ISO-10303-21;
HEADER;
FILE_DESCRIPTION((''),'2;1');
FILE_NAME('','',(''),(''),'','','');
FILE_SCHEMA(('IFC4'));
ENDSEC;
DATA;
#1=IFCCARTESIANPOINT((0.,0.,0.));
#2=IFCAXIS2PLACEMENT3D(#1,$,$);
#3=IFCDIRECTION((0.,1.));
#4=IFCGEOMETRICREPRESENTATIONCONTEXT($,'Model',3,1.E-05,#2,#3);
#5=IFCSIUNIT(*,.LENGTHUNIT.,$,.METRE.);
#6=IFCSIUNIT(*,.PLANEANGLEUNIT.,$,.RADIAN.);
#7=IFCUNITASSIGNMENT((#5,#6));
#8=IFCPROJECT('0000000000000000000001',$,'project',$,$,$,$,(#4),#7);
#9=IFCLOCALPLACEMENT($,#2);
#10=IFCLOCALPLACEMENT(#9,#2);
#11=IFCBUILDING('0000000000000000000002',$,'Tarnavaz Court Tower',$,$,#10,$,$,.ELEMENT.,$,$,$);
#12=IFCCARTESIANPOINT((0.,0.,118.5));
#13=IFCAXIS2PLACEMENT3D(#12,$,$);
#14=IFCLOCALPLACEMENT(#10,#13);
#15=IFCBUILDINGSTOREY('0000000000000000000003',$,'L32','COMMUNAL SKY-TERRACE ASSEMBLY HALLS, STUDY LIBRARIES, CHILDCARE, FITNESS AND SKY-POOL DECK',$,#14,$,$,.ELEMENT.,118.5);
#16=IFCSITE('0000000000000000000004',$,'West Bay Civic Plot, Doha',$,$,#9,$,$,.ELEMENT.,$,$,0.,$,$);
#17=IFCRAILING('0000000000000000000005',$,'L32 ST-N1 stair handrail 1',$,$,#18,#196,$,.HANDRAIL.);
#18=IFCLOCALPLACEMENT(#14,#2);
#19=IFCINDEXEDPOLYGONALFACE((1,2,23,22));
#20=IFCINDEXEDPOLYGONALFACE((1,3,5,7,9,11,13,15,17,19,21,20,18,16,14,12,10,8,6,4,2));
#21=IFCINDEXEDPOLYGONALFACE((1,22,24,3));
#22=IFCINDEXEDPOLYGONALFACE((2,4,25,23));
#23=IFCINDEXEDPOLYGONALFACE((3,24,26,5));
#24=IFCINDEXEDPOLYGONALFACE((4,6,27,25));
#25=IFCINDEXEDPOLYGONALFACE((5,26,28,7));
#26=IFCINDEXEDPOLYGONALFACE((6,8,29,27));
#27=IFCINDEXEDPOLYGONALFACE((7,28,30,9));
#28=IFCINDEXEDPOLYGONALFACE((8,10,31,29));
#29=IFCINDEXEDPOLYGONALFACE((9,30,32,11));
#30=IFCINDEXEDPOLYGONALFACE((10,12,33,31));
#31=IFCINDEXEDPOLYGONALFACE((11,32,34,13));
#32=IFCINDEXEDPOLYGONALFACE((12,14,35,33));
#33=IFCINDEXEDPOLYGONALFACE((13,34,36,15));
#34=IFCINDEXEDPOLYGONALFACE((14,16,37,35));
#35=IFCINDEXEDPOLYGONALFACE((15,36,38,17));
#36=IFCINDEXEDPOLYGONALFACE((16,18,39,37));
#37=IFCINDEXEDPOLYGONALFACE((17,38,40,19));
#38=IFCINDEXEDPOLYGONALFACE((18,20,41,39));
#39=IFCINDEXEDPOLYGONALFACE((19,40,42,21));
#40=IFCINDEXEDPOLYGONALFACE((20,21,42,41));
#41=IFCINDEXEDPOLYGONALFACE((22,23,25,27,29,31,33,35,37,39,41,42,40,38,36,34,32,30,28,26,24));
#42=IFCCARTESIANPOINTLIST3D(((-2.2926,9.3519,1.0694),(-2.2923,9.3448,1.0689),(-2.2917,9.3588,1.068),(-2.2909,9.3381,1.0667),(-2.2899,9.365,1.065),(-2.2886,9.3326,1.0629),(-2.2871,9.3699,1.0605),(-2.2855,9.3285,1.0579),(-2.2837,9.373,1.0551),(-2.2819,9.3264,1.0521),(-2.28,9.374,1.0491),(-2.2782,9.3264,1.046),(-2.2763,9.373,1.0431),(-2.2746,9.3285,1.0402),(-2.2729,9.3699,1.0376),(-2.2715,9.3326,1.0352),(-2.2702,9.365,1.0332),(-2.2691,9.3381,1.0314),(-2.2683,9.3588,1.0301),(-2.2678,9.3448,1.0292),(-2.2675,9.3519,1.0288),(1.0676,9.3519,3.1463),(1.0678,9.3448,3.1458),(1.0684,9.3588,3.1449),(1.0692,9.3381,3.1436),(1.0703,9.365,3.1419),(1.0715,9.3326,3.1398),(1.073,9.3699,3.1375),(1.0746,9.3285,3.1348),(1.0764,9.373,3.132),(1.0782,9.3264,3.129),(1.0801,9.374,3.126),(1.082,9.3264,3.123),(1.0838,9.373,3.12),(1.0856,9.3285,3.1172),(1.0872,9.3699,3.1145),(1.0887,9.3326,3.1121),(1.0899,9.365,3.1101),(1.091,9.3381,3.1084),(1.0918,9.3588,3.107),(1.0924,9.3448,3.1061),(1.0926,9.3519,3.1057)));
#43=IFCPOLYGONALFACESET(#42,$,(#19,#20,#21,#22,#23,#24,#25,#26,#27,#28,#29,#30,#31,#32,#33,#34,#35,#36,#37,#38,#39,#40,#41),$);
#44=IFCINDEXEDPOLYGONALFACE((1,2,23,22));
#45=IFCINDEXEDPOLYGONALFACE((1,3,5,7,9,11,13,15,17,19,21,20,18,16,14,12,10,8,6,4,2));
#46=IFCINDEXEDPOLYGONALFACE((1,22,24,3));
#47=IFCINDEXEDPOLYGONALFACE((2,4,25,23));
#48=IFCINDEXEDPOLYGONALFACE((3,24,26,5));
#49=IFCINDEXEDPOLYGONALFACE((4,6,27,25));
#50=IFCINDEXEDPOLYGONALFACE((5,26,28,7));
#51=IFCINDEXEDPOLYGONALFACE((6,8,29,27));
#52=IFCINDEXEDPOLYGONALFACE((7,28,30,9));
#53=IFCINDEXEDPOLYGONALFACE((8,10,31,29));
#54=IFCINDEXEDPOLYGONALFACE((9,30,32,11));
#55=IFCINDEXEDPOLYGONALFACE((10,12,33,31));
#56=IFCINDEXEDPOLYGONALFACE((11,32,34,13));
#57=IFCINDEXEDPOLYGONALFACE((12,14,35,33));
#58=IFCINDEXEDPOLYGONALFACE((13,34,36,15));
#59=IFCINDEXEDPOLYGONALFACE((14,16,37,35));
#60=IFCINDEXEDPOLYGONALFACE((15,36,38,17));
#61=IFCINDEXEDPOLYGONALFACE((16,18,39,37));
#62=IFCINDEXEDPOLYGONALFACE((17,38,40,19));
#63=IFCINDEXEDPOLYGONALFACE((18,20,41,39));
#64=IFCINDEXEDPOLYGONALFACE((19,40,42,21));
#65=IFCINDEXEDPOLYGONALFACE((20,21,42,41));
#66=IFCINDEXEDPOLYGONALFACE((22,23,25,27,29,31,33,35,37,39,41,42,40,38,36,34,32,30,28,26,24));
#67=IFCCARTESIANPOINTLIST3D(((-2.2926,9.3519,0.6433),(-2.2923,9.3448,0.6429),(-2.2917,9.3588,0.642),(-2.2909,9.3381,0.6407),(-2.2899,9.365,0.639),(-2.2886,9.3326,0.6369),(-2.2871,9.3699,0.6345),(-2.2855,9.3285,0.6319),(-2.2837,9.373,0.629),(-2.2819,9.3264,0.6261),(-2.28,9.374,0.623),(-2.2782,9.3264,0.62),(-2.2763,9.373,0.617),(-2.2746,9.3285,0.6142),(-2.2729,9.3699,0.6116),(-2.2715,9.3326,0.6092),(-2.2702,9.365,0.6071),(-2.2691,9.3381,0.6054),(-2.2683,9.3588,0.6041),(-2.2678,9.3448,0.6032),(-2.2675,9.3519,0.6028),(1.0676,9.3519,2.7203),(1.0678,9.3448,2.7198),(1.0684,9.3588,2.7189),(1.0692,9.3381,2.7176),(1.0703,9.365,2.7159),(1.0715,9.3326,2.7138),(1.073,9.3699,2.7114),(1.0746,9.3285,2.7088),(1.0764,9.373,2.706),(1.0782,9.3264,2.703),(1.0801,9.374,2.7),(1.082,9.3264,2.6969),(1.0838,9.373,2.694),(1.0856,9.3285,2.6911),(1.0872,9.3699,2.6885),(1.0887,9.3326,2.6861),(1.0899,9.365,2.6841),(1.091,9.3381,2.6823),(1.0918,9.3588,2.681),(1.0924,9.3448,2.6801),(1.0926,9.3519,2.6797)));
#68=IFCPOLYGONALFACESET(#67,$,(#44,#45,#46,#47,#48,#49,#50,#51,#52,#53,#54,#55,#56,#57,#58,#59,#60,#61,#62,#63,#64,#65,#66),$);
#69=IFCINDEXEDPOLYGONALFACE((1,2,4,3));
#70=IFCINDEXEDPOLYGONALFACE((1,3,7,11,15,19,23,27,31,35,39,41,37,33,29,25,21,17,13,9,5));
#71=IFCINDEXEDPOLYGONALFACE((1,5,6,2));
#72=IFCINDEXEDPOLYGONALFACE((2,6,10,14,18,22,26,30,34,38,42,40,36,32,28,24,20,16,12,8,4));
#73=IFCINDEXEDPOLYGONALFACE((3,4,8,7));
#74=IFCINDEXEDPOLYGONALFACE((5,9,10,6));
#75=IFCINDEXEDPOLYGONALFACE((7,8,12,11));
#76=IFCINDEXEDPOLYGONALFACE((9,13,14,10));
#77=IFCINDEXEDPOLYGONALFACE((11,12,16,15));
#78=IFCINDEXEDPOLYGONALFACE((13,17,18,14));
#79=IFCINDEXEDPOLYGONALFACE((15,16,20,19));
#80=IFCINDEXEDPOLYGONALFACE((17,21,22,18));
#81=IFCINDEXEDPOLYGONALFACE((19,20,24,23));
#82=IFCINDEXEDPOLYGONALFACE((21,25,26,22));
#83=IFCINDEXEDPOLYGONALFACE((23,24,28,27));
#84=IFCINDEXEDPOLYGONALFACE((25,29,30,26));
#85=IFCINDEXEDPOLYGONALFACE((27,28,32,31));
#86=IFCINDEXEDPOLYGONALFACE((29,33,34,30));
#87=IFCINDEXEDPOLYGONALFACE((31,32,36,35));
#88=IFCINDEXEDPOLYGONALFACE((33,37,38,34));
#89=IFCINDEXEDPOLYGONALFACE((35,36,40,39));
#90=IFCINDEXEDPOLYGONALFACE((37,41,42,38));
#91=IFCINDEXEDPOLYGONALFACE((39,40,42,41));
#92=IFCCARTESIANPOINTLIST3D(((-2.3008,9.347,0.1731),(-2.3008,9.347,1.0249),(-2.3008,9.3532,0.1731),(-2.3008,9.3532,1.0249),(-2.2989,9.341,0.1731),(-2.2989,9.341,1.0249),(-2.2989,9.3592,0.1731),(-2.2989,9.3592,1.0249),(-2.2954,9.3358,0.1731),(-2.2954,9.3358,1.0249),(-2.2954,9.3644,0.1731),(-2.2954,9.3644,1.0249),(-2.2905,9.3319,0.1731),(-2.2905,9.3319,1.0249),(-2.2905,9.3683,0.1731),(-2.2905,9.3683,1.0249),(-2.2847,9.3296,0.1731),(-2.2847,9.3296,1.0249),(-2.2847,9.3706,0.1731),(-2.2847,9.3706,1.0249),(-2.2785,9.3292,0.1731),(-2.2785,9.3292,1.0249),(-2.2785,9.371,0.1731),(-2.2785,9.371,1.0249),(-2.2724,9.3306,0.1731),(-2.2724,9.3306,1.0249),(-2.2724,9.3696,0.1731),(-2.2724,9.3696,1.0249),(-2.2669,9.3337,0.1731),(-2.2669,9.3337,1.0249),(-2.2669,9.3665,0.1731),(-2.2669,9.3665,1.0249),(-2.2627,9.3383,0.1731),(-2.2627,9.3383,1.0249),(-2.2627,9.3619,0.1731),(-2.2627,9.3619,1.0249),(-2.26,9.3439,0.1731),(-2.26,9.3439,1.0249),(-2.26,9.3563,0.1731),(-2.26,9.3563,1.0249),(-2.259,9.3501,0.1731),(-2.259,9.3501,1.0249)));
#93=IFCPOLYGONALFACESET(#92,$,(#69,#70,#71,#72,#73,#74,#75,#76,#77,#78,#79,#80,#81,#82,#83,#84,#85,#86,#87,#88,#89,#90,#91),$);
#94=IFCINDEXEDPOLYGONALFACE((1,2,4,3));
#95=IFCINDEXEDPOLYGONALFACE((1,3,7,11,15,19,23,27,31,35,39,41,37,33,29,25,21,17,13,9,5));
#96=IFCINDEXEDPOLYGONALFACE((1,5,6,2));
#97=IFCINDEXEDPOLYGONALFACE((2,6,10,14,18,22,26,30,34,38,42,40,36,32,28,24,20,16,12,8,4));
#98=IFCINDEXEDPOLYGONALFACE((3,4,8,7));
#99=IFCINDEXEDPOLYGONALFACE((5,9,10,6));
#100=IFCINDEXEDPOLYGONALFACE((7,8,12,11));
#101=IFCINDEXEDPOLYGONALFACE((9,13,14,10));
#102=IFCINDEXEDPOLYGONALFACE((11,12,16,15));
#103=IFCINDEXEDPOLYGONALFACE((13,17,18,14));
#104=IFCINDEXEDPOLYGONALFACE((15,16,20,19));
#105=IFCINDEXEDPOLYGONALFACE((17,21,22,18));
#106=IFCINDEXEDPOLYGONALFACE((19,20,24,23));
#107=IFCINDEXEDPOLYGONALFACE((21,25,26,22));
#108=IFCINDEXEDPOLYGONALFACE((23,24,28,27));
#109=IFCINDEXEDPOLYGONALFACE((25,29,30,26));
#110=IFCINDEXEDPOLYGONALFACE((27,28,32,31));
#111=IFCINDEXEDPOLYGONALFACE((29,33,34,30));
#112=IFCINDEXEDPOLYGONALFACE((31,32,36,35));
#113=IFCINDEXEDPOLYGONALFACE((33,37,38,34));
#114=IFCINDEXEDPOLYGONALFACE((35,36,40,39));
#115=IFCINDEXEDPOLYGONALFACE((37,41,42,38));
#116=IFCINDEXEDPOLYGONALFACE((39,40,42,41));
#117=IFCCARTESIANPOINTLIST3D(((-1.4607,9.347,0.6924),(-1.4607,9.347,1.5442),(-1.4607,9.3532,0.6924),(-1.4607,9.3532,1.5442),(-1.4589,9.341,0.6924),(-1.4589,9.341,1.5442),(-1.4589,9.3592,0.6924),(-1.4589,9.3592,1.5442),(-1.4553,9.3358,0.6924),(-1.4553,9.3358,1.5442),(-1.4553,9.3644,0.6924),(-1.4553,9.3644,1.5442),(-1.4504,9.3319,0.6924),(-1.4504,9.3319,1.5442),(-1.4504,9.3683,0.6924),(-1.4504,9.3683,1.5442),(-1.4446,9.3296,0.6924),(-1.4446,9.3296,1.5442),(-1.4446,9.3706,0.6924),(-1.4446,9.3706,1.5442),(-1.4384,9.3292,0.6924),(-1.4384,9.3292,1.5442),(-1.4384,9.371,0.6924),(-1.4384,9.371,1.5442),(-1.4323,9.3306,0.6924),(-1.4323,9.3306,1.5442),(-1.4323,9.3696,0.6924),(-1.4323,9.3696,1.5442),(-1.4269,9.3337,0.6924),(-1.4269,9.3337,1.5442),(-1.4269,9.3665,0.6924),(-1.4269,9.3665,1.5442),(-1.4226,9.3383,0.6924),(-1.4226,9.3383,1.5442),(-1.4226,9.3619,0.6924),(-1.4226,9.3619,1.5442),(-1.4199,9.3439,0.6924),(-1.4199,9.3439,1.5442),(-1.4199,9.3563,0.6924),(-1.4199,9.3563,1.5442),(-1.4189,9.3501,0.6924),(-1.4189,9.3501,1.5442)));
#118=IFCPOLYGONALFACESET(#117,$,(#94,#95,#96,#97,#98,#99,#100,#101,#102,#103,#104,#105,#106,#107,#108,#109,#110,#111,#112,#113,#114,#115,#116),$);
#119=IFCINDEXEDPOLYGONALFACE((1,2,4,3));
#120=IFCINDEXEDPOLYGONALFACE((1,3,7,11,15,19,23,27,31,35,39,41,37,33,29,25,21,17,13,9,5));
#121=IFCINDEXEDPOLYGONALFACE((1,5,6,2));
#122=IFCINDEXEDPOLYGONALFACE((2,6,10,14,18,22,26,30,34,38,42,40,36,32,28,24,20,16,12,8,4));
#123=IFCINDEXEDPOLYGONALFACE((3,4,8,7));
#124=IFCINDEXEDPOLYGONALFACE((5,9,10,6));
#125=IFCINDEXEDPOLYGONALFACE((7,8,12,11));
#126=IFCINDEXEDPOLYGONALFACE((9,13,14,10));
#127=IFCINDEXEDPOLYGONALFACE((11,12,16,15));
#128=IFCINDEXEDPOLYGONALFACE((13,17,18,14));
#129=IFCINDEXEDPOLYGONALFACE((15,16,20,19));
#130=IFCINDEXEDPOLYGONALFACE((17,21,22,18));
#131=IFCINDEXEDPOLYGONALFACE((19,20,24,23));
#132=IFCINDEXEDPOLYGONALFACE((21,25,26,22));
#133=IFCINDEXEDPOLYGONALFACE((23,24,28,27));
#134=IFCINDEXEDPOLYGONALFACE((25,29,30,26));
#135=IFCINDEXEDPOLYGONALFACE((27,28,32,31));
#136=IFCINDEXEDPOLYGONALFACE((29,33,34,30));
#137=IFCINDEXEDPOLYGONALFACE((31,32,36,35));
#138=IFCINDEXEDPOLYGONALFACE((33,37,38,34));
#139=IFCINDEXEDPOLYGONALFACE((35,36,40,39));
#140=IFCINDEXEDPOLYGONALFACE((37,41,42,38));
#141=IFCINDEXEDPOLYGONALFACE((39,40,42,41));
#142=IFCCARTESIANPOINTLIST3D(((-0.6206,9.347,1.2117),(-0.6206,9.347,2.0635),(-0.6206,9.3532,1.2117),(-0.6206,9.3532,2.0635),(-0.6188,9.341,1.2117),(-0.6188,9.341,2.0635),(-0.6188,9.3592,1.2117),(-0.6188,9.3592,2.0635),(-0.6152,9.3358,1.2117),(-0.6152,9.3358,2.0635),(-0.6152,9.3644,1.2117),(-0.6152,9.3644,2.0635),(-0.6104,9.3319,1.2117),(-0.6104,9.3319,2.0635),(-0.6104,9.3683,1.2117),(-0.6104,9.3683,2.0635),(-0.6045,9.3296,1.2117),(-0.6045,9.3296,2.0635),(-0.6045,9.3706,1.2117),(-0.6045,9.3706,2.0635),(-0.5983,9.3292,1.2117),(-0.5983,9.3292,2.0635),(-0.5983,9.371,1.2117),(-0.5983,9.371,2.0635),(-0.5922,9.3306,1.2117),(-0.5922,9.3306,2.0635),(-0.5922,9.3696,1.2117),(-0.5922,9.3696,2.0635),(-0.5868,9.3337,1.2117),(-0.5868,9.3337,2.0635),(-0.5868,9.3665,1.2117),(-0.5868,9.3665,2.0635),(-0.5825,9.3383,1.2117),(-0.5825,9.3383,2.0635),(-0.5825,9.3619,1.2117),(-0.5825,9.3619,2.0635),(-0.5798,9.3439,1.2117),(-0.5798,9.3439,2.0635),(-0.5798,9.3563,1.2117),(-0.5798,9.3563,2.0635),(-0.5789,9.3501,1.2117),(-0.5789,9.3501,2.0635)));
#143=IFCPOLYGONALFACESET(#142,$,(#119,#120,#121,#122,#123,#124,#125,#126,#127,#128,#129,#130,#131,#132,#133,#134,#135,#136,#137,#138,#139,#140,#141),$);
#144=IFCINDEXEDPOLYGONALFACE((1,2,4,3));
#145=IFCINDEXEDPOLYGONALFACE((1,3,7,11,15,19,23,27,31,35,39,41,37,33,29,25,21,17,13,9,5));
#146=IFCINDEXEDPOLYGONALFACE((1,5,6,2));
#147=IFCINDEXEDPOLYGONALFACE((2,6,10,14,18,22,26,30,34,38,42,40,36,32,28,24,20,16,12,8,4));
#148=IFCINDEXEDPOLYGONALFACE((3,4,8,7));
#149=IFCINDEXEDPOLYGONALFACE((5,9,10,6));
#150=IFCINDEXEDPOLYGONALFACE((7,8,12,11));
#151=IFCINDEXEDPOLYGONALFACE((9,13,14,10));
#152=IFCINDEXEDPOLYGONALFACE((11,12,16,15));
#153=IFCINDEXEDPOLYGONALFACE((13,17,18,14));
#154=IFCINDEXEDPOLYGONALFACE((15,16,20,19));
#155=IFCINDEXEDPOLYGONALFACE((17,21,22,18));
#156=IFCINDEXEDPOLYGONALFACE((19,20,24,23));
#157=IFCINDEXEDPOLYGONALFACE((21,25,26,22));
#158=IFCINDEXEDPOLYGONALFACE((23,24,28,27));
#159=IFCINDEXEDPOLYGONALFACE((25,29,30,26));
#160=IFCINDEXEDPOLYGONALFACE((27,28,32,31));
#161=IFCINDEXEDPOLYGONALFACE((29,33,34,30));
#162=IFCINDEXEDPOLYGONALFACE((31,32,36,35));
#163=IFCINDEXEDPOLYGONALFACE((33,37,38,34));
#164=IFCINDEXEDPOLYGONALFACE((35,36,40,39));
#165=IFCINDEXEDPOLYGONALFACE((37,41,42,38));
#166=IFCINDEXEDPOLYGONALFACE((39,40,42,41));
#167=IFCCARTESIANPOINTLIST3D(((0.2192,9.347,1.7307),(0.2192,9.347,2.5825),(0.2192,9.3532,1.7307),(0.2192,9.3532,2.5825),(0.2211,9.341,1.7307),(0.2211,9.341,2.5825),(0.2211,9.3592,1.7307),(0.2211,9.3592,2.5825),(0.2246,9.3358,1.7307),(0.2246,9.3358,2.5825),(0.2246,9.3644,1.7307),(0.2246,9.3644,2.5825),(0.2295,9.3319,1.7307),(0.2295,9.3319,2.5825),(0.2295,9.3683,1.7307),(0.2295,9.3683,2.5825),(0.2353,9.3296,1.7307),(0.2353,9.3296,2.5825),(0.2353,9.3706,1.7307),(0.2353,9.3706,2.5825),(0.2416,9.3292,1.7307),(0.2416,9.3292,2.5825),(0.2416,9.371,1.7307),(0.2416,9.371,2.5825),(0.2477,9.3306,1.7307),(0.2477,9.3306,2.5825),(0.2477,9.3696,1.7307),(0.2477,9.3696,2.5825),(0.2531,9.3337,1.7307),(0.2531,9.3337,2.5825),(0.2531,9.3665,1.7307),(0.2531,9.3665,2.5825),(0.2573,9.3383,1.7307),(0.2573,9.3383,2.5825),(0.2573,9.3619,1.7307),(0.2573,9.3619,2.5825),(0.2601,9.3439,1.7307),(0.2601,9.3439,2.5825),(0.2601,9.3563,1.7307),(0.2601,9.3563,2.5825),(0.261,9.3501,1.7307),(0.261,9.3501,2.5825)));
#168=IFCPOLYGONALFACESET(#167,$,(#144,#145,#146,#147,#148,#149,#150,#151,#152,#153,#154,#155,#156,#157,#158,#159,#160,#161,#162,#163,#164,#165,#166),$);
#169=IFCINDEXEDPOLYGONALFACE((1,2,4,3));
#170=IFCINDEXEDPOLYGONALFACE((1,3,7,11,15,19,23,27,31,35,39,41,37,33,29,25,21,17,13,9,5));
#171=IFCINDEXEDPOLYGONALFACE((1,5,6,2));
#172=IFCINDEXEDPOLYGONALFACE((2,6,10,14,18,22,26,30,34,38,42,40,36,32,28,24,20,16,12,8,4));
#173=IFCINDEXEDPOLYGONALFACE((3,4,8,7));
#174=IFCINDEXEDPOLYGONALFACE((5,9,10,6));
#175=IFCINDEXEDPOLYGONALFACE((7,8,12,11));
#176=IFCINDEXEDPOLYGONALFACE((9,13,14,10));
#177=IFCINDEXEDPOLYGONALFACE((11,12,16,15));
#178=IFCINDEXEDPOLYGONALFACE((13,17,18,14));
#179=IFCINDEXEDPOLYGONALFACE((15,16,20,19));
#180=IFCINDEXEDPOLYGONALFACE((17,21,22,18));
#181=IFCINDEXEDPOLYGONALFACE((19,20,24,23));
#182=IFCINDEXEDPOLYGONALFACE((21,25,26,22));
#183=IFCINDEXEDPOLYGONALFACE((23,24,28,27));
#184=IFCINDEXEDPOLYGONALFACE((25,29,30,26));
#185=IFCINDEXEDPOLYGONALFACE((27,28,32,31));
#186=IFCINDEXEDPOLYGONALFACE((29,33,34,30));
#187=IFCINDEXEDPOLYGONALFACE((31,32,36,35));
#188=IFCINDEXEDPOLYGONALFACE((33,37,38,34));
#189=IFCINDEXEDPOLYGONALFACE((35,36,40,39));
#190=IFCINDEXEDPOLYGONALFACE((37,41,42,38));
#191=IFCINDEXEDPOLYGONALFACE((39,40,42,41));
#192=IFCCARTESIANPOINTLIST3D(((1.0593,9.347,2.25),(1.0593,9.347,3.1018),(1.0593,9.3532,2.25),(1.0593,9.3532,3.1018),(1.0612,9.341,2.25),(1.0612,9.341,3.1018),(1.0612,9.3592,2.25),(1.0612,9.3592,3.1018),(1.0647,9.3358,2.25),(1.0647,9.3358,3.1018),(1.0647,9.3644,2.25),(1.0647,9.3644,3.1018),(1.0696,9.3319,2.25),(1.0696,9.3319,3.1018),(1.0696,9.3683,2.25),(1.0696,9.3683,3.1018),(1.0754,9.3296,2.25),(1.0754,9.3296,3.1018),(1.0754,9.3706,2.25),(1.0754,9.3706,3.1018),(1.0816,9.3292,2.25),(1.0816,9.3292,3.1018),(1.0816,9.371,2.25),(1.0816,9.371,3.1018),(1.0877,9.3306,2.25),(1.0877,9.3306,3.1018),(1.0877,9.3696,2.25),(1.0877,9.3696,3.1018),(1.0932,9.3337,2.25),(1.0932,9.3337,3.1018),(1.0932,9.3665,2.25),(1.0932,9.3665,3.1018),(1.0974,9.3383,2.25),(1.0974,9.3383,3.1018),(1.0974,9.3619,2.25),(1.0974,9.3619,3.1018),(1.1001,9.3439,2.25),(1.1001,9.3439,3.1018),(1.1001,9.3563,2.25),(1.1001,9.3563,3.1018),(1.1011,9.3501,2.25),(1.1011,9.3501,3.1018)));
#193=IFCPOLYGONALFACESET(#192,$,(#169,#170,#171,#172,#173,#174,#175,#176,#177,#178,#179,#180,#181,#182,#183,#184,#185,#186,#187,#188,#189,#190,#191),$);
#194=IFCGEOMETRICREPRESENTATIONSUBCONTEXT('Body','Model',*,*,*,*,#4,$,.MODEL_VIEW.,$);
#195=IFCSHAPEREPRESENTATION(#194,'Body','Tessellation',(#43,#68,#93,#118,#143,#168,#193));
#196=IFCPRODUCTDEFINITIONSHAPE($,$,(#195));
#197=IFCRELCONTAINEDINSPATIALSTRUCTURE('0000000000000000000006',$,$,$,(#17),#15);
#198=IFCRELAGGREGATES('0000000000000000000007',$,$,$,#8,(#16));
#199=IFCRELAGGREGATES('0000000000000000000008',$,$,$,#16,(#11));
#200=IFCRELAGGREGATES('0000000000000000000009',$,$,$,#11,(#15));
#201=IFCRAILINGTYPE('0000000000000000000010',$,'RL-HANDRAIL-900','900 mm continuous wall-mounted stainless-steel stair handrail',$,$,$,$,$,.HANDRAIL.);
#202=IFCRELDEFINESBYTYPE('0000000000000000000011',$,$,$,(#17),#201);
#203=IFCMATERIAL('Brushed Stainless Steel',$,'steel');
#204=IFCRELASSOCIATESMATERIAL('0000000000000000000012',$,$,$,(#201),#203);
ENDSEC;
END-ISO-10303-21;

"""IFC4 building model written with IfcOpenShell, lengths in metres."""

from ifc_helpers import new_model, si_unit, direction, frame, origin, origin_2d, place, context, subcontext, project, spatial, circle, extrude, material, type_object, element, save


model = new_model("IFC4")

# Units and contexts
model_context = context("Model", 3, precision=1e-05, world=origin(), true_north=direction((0.0, 1.0)))
body_context = subcontext(model_context, "Body", "Model", "MODEL_VIEW")
ifc_project = project(units=[si_unit("LENGTHUNIT", "METRE"), si_unit("PLANEANGLEUNIT", "RADIAN")], contexts=[model_context])

# Site, building, storey
site_placement = place(None, origin())
site = spatial("IfcSite", under=ifc_project, at=site_placement, Name="West Bay Civic Plot, Doha", CompositionType="ELEMENT", RefElevation=0.0)
building_placement = place(site_placement, origin())
building = spatial("IfcBuilding", under=site, at=building_placement, Name="Tarnavaz Court Tower", CompositionType="ELEMENT")
storey_placement = place(building_placement, frame((0.0, 0.0, 118.5)))
storey = spatial("IfcBuildingStorey", under=building, at=storey_placement, Name="L32", Description="COMMUNAL SKY-TERRACE ASSEMBLY HALLS, STUDY LIBRARIES, CHILDCARE, FITNESS AND SKY-POOL DECK", CompositionType="ELEMENT", Elevation=118.5)

# Railing
ifc_material_1 = material(Name="Brushed Stainless Steel", Category="steel")
railing_type_1 = type_object("IfcRailingType", Name="RL-HANDRAIL-900", Description="900 mm continuous wall-mounted stainless-steel stair handrail", PredefinedType="HANDRAIL", material=ifc_material_1)
railing_1_placement = place(storey_placement, frame((-2.28, 9.3501, 0.1731)))
element("IfcRailing", 1, at=railing_1_placement, inside=storey, type_object=railing_type_1, Name="L32 ST-N1 stair handrail 1", PredefinedType="HANDRAIL", context=body_context, shape_type="SweptSolid", body=[
    extrude(circle(Radius=0.0239, at=origin_2d()), frame((0.0, 0.0, 0.876), z_axis=(0.850623, 0.0, 0.525776), x_axis=(0.0, 1.0, 0.0)), (0.0, 0.0, 1.0), 3.9502),
    extrude(circle(Radius=0.0239, at=origin_2d()), frame((0.0, 0.0, 0.45), z_axis=(0.850623, 0.0, 0.525776), x_axis=(0.0, 1.0, 0.0)), (0.0, 0.0, 1.0), 3.9502),
    extrude(circle(Radius=0.021, at=origin_2d()), origin(), (0.0, 0.0, 1.0), 0.8518),
    extrude(circle(Radius=0.021, at=origin_2d()), frame((0.8401, 0.0, 0.5193)), (0.0, 0.0, 1.0), 0.8518),
    extrude(circle(Radius=0.021, at=origin_2d()), frame((1.6802, 0.0, 1.0386)), (0.0, 0.0, 1.0), 0.8518),
    extrude(circle(Radius=0.021, at=origin_2d()), frame((2.52, 0.0, 1.5576)), (0.0, 0.0, 1.0), 0.8518),
    extrude(circle(Radius=0.021, at=origin_2d()), frame((3.3601, 0.0, 2.0769)), (0.0, 0.0, 1.0), 0.8518),
])

save(model, "model.ifc")
